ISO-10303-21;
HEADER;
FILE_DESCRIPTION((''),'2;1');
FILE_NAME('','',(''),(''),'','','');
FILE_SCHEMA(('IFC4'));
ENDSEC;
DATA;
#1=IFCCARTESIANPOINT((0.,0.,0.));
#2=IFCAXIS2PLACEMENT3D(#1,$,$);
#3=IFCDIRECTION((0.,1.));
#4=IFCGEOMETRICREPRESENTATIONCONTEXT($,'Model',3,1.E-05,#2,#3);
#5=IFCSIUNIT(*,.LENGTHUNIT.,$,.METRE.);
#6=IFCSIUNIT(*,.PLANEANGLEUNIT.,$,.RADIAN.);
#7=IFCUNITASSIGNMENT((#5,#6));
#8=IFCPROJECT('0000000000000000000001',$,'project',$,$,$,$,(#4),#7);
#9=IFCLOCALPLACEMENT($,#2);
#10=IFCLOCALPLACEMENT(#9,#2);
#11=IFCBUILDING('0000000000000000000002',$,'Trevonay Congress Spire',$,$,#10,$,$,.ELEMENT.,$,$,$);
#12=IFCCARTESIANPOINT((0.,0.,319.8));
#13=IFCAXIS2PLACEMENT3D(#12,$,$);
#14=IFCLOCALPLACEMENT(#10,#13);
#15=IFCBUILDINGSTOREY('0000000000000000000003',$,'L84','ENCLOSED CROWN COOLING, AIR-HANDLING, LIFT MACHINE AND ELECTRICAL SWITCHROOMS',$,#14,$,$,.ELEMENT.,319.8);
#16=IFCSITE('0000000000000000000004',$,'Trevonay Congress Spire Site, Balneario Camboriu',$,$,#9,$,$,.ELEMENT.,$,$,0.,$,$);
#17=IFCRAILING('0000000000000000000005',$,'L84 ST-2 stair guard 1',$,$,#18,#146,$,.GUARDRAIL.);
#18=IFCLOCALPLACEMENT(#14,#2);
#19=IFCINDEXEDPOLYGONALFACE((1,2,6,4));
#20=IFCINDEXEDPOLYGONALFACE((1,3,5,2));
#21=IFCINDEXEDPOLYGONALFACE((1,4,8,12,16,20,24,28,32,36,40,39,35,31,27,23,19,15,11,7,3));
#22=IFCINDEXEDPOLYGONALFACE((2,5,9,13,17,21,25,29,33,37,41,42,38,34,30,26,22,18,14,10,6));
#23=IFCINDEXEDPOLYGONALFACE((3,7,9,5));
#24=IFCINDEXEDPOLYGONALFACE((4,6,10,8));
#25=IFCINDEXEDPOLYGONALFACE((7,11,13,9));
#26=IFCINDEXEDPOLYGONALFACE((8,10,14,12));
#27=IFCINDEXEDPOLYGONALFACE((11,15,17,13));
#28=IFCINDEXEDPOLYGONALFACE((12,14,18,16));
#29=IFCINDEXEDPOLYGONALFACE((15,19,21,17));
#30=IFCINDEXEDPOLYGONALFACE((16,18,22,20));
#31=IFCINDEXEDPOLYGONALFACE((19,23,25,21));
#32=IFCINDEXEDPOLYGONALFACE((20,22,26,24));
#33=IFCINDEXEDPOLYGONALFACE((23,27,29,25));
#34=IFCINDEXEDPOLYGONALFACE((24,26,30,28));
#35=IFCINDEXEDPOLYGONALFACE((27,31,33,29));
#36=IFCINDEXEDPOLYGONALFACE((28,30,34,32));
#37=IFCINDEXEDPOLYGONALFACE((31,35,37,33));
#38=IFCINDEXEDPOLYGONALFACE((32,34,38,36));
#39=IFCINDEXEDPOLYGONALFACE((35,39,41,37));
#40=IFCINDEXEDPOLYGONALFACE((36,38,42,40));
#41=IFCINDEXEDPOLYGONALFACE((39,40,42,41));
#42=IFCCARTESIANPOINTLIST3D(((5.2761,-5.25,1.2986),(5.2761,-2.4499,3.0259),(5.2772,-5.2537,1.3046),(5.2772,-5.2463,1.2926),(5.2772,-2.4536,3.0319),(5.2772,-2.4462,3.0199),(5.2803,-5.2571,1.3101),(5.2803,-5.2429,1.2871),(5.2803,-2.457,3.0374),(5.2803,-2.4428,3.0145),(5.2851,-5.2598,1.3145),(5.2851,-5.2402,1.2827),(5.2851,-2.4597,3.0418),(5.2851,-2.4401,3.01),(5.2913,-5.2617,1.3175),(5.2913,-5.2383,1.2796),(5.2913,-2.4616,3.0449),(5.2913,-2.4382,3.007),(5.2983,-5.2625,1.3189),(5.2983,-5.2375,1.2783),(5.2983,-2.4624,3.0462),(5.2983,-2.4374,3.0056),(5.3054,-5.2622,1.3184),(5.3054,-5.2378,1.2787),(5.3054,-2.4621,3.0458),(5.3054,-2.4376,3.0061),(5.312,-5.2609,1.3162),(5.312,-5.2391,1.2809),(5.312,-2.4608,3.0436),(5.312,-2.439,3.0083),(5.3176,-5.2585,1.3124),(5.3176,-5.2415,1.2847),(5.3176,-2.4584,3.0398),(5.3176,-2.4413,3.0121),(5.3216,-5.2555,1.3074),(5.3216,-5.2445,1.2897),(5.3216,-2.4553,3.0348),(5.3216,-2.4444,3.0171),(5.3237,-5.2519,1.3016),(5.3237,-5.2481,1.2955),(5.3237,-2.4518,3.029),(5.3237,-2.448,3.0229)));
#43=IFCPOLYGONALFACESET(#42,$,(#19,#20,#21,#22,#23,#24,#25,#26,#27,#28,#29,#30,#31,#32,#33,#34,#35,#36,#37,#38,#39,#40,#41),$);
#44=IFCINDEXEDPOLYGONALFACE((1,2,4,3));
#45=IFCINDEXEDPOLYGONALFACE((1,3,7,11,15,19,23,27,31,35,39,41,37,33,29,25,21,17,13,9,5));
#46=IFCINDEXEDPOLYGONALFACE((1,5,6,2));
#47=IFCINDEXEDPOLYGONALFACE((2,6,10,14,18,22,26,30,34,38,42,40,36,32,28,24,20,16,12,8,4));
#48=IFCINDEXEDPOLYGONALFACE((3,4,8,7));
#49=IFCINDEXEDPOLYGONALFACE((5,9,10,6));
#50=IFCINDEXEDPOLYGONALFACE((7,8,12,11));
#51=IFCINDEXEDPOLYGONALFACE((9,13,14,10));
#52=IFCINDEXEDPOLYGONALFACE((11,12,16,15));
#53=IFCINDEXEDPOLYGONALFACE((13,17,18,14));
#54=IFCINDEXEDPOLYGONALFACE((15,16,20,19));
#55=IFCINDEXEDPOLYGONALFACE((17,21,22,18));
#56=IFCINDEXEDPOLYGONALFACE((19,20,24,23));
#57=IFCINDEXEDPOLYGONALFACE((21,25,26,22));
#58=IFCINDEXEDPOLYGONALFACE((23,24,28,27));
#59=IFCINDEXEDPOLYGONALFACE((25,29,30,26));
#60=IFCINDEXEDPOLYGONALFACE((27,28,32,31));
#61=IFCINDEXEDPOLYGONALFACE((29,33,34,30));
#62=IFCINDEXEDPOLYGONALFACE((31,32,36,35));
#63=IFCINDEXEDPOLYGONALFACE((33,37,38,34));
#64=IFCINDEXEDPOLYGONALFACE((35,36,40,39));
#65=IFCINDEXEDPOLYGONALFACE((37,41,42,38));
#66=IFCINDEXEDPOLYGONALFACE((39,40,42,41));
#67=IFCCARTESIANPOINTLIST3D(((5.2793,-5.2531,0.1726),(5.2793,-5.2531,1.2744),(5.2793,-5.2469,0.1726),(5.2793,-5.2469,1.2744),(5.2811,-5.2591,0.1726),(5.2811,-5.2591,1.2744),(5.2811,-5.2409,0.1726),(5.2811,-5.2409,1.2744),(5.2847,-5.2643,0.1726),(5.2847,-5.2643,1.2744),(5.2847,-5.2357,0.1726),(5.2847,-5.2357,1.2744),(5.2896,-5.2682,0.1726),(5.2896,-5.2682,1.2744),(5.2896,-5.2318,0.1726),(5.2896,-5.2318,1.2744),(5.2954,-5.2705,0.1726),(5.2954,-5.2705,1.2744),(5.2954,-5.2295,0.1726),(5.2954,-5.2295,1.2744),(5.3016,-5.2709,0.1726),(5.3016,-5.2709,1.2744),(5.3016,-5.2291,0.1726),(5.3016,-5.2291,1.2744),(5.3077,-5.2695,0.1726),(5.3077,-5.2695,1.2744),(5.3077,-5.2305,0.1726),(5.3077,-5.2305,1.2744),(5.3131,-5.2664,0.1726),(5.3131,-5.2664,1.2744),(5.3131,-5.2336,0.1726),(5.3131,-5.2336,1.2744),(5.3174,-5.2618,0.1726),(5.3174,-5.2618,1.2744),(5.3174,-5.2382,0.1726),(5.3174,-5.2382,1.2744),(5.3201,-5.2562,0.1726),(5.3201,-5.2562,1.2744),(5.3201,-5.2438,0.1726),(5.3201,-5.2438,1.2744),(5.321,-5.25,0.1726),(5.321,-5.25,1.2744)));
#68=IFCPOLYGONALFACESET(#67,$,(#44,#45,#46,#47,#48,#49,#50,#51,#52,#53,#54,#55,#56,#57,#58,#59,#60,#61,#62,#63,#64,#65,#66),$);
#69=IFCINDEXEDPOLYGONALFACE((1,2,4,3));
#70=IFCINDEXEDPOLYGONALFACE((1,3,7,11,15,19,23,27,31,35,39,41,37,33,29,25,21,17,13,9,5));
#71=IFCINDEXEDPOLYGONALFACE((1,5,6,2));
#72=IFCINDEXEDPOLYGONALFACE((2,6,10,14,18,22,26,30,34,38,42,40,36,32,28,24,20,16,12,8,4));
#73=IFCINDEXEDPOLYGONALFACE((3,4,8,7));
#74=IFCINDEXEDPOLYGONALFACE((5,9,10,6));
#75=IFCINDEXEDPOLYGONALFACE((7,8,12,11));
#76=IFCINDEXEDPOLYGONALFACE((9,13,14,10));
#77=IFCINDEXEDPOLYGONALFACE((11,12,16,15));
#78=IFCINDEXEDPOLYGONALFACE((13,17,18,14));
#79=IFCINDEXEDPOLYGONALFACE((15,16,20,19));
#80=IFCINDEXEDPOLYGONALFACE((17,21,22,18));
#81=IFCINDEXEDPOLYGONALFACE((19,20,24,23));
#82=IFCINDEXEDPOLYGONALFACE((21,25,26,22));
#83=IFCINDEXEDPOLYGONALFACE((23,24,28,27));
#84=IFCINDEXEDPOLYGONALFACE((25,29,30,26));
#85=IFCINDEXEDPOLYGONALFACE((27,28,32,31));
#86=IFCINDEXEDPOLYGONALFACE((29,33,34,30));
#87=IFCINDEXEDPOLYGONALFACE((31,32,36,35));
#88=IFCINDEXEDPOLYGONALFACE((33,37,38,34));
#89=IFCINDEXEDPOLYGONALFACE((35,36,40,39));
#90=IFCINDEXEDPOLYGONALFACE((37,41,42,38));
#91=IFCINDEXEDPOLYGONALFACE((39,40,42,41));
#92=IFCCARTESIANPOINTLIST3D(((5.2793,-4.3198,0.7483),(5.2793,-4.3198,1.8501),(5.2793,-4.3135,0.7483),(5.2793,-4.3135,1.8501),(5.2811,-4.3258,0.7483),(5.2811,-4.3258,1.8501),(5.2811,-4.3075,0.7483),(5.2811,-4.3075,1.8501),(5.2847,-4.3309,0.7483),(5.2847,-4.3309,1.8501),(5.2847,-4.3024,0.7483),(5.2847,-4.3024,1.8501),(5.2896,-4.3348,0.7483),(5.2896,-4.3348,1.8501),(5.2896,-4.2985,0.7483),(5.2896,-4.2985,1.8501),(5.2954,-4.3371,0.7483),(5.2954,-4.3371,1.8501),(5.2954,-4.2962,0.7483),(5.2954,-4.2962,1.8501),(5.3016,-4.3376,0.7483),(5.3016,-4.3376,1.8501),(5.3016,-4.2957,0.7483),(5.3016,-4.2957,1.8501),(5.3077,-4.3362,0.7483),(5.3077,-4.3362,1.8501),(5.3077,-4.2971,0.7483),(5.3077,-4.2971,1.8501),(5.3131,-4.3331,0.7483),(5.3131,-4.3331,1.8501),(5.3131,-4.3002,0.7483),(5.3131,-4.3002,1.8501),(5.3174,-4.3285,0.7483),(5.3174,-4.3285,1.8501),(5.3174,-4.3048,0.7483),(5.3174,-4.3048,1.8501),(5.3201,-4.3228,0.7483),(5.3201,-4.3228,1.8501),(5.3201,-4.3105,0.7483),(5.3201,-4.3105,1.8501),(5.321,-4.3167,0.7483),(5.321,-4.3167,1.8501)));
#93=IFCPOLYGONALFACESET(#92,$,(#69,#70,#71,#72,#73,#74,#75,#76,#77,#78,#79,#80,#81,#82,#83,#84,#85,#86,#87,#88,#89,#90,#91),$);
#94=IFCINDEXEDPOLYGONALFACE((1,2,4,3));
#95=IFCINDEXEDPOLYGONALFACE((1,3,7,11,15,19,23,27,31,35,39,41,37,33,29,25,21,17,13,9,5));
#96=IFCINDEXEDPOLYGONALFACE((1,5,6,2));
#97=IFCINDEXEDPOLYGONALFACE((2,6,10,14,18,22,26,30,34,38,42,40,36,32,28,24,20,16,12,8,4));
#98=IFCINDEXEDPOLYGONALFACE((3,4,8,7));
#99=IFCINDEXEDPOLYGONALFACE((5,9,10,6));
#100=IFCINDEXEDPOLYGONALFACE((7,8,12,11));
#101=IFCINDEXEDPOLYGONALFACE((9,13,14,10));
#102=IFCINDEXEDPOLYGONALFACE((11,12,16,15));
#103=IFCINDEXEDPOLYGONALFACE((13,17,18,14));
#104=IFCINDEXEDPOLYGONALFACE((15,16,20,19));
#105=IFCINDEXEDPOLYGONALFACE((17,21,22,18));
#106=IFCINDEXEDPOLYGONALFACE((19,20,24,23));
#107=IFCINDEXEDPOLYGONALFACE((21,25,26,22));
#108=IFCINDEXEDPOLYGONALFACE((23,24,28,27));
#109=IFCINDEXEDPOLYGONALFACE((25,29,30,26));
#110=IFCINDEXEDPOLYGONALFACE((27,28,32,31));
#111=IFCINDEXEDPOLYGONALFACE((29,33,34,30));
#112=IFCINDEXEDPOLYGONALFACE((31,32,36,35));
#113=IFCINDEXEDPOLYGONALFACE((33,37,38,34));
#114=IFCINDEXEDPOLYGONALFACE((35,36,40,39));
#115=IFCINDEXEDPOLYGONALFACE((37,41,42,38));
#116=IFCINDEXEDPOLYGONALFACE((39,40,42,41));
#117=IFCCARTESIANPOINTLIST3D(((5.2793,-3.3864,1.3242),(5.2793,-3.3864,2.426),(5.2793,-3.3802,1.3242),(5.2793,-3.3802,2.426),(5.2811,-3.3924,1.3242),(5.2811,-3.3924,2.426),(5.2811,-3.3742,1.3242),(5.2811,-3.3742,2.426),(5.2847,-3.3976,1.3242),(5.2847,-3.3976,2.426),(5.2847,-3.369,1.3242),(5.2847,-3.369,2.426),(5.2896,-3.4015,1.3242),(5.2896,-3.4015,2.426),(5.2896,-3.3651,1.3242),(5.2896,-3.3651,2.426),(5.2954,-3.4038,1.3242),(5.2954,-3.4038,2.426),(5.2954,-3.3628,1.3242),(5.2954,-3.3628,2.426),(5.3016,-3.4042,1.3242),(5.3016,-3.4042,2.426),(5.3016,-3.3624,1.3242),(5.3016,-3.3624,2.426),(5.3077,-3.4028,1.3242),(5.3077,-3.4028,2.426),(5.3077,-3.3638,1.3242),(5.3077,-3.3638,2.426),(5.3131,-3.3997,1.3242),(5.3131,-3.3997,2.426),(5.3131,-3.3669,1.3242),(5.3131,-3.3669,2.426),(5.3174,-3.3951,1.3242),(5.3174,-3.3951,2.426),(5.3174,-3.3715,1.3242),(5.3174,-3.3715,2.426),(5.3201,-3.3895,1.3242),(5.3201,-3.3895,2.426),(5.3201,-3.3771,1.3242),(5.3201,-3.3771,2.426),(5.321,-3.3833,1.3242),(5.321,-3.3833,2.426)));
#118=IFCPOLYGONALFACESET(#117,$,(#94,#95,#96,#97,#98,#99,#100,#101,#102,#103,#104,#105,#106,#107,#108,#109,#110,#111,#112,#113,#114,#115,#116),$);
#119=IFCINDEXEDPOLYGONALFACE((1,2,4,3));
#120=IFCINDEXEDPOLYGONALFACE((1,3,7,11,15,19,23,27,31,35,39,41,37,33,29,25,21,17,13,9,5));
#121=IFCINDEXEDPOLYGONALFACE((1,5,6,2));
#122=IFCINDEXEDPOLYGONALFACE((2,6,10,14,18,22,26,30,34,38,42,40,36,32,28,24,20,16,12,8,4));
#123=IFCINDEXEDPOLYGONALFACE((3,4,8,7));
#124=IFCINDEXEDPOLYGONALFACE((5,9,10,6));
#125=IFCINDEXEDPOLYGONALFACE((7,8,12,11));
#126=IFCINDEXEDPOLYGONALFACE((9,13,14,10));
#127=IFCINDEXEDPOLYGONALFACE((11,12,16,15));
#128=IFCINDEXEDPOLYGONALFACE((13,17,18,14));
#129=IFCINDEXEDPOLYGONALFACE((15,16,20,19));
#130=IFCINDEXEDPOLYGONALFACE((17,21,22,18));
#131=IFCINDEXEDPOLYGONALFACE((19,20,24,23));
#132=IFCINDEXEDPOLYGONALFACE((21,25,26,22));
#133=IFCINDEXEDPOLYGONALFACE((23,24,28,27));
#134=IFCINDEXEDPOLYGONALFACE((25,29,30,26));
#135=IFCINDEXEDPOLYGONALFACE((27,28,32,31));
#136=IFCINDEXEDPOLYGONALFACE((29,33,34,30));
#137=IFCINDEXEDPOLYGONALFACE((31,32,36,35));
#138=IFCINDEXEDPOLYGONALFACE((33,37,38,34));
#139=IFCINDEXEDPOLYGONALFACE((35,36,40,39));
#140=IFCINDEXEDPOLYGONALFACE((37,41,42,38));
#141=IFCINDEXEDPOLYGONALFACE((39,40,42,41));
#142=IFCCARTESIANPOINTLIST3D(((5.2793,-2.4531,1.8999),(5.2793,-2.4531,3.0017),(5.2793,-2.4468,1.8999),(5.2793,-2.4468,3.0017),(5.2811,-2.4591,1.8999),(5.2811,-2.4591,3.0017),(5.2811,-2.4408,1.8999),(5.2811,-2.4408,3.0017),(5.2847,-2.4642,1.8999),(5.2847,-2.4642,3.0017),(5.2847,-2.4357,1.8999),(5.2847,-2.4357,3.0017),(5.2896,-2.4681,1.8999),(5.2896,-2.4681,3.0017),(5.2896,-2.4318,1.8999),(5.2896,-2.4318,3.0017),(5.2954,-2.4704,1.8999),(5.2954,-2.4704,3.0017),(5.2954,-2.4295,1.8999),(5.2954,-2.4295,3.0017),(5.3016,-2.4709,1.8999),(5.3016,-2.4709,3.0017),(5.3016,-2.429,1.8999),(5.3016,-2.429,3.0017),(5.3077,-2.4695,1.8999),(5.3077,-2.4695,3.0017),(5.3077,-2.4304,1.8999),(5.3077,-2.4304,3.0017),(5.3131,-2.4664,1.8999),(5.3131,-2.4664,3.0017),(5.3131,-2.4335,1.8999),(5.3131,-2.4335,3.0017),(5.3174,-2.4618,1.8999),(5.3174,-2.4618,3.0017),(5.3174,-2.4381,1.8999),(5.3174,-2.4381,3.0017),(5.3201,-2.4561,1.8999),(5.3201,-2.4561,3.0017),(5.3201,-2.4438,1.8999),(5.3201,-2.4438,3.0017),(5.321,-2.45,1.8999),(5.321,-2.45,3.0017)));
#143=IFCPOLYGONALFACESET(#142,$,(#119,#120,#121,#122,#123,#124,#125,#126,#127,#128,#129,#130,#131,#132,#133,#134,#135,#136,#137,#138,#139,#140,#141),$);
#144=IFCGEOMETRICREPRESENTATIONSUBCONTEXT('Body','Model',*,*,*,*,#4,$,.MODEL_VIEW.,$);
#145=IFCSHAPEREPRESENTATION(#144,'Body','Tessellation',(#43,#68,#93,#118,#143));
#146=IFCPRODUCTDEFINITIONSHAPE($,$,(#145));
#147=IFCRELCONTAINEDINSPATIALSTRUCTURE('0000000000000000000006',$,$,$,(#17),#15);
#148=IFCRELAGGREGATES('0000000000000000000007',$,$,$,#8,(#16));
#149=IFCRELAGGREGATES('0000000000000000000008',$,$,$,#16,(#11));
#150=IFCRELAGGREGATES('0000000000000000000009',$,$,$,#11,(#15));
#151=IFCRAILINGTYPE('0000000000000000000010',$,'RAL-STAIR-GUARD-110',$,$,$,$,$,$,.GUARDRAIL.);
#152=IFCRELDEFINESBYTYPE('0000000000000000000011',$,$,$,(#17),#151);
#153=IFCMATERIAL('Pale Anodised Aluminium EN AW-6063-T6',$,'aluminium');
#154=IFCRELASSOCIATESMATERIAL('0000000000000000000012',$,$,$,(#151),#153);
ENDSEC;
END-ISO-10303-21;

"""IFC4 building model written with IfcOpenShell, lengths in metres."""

from ifc_helpers import new_model, si_unit, direction, frame, origin, origin_2d, place, context, subcontext, project, spatial, circle, extrude, material, type_object, element, save


model = new_model("IFC4")

# Units and contexts
model_context = context("Model", 3, precision=1e-05, world=origin(), true_north=direction((0.0, 1.0)))
body_context = subcontext(model_context, "Body", "Model", "MODEL_VIEW")
ifc_project = project(units=[si_unit("LENGTHUNIT", "METRE"), si_unit("PLANEANGLEUNIT", "RADIAN")], contexts=[model_context])

# Site, building, storey
site_placement = place(None, origin())
site = spatial("IfcSite", under=ifc_project, at=site_placement, Name="Trevonay Congress Spire Site, Balneario Camboriu", CompositionType="ELEMENT", RefElevation=0.0)
building_placement = place(site_placement, origin())
building = spatial("IfcBuilding", under=site, at=building_placement, Name="Trevonay Congress Spire", CompositionType="ELEMENT")
storey_placement = place(building_placement, frame((0.0, 0.0, 319.8)))
storey = spatial("IfcBuildingStorey", under=building, at=storey_placement, Name="L84", Description="ENCLOSED CROWN COOLING, AIR-HANDLING, LIFT MACHINE AND ELECTRICAL SWITCHROOMS", CompositionType="ELEMENT", Elevation=319.8)

# Shared definitions
ifc_material_1 = material(Name="Pale Anodised Aluminium EN AW-6063-T6", Category="aluminium")

# Railing
railing_type_1 = type_object("IfcRailingType", Name="RAL-STAIR-GUARD-110", PredefinedType="GUARDRAIL", material=ifc_material_1)
railing_1_placement = place(storey_placement, frame((5.3, -5.25, 0.1726)))
element("IfcRailing", 1, at=railing_1_placement, inside=storey, type_object=railing_type_1, Name="L84 ST-2 stair guard 1", PredefinedType="GUARDRAIL", context=body_context, shape_type="SweptSolid", body=[
    extrude(circle(Radius=0.0239, at=origin_2d()), frame((0.0, 0.0, 1.126), z_axis=(0.0, 0.85109, 0.52502), x_axis=(-1.0, 0.0, 0.0)), (0.0, 0.0, 1.0), 3.29),
    extrude(circle(Radius=0.021, at=origin_2d()), origin(), (0.0, 0.0, 1.0), 1.1018),
    extrude(circle(Radius=0.021, at=origin_2d()), frame((0.0, 0.9333, 0.5757)), (0.0, 0.0, 1.0), 1.1018),
    extrude(circle(Radius=0.021, at=origin_2d()), frame((0.0, 1.8667, 1.1516)), (0.0, 0.0, 1.0), 1.1018),
    extrude(circle(Radius=0.021, at=origin_2d()), frame((0.0, 2.8, 1.7273)), (0.0, 0.0, 1.0), 1.1018),
])

save(model, "model.ifc")
